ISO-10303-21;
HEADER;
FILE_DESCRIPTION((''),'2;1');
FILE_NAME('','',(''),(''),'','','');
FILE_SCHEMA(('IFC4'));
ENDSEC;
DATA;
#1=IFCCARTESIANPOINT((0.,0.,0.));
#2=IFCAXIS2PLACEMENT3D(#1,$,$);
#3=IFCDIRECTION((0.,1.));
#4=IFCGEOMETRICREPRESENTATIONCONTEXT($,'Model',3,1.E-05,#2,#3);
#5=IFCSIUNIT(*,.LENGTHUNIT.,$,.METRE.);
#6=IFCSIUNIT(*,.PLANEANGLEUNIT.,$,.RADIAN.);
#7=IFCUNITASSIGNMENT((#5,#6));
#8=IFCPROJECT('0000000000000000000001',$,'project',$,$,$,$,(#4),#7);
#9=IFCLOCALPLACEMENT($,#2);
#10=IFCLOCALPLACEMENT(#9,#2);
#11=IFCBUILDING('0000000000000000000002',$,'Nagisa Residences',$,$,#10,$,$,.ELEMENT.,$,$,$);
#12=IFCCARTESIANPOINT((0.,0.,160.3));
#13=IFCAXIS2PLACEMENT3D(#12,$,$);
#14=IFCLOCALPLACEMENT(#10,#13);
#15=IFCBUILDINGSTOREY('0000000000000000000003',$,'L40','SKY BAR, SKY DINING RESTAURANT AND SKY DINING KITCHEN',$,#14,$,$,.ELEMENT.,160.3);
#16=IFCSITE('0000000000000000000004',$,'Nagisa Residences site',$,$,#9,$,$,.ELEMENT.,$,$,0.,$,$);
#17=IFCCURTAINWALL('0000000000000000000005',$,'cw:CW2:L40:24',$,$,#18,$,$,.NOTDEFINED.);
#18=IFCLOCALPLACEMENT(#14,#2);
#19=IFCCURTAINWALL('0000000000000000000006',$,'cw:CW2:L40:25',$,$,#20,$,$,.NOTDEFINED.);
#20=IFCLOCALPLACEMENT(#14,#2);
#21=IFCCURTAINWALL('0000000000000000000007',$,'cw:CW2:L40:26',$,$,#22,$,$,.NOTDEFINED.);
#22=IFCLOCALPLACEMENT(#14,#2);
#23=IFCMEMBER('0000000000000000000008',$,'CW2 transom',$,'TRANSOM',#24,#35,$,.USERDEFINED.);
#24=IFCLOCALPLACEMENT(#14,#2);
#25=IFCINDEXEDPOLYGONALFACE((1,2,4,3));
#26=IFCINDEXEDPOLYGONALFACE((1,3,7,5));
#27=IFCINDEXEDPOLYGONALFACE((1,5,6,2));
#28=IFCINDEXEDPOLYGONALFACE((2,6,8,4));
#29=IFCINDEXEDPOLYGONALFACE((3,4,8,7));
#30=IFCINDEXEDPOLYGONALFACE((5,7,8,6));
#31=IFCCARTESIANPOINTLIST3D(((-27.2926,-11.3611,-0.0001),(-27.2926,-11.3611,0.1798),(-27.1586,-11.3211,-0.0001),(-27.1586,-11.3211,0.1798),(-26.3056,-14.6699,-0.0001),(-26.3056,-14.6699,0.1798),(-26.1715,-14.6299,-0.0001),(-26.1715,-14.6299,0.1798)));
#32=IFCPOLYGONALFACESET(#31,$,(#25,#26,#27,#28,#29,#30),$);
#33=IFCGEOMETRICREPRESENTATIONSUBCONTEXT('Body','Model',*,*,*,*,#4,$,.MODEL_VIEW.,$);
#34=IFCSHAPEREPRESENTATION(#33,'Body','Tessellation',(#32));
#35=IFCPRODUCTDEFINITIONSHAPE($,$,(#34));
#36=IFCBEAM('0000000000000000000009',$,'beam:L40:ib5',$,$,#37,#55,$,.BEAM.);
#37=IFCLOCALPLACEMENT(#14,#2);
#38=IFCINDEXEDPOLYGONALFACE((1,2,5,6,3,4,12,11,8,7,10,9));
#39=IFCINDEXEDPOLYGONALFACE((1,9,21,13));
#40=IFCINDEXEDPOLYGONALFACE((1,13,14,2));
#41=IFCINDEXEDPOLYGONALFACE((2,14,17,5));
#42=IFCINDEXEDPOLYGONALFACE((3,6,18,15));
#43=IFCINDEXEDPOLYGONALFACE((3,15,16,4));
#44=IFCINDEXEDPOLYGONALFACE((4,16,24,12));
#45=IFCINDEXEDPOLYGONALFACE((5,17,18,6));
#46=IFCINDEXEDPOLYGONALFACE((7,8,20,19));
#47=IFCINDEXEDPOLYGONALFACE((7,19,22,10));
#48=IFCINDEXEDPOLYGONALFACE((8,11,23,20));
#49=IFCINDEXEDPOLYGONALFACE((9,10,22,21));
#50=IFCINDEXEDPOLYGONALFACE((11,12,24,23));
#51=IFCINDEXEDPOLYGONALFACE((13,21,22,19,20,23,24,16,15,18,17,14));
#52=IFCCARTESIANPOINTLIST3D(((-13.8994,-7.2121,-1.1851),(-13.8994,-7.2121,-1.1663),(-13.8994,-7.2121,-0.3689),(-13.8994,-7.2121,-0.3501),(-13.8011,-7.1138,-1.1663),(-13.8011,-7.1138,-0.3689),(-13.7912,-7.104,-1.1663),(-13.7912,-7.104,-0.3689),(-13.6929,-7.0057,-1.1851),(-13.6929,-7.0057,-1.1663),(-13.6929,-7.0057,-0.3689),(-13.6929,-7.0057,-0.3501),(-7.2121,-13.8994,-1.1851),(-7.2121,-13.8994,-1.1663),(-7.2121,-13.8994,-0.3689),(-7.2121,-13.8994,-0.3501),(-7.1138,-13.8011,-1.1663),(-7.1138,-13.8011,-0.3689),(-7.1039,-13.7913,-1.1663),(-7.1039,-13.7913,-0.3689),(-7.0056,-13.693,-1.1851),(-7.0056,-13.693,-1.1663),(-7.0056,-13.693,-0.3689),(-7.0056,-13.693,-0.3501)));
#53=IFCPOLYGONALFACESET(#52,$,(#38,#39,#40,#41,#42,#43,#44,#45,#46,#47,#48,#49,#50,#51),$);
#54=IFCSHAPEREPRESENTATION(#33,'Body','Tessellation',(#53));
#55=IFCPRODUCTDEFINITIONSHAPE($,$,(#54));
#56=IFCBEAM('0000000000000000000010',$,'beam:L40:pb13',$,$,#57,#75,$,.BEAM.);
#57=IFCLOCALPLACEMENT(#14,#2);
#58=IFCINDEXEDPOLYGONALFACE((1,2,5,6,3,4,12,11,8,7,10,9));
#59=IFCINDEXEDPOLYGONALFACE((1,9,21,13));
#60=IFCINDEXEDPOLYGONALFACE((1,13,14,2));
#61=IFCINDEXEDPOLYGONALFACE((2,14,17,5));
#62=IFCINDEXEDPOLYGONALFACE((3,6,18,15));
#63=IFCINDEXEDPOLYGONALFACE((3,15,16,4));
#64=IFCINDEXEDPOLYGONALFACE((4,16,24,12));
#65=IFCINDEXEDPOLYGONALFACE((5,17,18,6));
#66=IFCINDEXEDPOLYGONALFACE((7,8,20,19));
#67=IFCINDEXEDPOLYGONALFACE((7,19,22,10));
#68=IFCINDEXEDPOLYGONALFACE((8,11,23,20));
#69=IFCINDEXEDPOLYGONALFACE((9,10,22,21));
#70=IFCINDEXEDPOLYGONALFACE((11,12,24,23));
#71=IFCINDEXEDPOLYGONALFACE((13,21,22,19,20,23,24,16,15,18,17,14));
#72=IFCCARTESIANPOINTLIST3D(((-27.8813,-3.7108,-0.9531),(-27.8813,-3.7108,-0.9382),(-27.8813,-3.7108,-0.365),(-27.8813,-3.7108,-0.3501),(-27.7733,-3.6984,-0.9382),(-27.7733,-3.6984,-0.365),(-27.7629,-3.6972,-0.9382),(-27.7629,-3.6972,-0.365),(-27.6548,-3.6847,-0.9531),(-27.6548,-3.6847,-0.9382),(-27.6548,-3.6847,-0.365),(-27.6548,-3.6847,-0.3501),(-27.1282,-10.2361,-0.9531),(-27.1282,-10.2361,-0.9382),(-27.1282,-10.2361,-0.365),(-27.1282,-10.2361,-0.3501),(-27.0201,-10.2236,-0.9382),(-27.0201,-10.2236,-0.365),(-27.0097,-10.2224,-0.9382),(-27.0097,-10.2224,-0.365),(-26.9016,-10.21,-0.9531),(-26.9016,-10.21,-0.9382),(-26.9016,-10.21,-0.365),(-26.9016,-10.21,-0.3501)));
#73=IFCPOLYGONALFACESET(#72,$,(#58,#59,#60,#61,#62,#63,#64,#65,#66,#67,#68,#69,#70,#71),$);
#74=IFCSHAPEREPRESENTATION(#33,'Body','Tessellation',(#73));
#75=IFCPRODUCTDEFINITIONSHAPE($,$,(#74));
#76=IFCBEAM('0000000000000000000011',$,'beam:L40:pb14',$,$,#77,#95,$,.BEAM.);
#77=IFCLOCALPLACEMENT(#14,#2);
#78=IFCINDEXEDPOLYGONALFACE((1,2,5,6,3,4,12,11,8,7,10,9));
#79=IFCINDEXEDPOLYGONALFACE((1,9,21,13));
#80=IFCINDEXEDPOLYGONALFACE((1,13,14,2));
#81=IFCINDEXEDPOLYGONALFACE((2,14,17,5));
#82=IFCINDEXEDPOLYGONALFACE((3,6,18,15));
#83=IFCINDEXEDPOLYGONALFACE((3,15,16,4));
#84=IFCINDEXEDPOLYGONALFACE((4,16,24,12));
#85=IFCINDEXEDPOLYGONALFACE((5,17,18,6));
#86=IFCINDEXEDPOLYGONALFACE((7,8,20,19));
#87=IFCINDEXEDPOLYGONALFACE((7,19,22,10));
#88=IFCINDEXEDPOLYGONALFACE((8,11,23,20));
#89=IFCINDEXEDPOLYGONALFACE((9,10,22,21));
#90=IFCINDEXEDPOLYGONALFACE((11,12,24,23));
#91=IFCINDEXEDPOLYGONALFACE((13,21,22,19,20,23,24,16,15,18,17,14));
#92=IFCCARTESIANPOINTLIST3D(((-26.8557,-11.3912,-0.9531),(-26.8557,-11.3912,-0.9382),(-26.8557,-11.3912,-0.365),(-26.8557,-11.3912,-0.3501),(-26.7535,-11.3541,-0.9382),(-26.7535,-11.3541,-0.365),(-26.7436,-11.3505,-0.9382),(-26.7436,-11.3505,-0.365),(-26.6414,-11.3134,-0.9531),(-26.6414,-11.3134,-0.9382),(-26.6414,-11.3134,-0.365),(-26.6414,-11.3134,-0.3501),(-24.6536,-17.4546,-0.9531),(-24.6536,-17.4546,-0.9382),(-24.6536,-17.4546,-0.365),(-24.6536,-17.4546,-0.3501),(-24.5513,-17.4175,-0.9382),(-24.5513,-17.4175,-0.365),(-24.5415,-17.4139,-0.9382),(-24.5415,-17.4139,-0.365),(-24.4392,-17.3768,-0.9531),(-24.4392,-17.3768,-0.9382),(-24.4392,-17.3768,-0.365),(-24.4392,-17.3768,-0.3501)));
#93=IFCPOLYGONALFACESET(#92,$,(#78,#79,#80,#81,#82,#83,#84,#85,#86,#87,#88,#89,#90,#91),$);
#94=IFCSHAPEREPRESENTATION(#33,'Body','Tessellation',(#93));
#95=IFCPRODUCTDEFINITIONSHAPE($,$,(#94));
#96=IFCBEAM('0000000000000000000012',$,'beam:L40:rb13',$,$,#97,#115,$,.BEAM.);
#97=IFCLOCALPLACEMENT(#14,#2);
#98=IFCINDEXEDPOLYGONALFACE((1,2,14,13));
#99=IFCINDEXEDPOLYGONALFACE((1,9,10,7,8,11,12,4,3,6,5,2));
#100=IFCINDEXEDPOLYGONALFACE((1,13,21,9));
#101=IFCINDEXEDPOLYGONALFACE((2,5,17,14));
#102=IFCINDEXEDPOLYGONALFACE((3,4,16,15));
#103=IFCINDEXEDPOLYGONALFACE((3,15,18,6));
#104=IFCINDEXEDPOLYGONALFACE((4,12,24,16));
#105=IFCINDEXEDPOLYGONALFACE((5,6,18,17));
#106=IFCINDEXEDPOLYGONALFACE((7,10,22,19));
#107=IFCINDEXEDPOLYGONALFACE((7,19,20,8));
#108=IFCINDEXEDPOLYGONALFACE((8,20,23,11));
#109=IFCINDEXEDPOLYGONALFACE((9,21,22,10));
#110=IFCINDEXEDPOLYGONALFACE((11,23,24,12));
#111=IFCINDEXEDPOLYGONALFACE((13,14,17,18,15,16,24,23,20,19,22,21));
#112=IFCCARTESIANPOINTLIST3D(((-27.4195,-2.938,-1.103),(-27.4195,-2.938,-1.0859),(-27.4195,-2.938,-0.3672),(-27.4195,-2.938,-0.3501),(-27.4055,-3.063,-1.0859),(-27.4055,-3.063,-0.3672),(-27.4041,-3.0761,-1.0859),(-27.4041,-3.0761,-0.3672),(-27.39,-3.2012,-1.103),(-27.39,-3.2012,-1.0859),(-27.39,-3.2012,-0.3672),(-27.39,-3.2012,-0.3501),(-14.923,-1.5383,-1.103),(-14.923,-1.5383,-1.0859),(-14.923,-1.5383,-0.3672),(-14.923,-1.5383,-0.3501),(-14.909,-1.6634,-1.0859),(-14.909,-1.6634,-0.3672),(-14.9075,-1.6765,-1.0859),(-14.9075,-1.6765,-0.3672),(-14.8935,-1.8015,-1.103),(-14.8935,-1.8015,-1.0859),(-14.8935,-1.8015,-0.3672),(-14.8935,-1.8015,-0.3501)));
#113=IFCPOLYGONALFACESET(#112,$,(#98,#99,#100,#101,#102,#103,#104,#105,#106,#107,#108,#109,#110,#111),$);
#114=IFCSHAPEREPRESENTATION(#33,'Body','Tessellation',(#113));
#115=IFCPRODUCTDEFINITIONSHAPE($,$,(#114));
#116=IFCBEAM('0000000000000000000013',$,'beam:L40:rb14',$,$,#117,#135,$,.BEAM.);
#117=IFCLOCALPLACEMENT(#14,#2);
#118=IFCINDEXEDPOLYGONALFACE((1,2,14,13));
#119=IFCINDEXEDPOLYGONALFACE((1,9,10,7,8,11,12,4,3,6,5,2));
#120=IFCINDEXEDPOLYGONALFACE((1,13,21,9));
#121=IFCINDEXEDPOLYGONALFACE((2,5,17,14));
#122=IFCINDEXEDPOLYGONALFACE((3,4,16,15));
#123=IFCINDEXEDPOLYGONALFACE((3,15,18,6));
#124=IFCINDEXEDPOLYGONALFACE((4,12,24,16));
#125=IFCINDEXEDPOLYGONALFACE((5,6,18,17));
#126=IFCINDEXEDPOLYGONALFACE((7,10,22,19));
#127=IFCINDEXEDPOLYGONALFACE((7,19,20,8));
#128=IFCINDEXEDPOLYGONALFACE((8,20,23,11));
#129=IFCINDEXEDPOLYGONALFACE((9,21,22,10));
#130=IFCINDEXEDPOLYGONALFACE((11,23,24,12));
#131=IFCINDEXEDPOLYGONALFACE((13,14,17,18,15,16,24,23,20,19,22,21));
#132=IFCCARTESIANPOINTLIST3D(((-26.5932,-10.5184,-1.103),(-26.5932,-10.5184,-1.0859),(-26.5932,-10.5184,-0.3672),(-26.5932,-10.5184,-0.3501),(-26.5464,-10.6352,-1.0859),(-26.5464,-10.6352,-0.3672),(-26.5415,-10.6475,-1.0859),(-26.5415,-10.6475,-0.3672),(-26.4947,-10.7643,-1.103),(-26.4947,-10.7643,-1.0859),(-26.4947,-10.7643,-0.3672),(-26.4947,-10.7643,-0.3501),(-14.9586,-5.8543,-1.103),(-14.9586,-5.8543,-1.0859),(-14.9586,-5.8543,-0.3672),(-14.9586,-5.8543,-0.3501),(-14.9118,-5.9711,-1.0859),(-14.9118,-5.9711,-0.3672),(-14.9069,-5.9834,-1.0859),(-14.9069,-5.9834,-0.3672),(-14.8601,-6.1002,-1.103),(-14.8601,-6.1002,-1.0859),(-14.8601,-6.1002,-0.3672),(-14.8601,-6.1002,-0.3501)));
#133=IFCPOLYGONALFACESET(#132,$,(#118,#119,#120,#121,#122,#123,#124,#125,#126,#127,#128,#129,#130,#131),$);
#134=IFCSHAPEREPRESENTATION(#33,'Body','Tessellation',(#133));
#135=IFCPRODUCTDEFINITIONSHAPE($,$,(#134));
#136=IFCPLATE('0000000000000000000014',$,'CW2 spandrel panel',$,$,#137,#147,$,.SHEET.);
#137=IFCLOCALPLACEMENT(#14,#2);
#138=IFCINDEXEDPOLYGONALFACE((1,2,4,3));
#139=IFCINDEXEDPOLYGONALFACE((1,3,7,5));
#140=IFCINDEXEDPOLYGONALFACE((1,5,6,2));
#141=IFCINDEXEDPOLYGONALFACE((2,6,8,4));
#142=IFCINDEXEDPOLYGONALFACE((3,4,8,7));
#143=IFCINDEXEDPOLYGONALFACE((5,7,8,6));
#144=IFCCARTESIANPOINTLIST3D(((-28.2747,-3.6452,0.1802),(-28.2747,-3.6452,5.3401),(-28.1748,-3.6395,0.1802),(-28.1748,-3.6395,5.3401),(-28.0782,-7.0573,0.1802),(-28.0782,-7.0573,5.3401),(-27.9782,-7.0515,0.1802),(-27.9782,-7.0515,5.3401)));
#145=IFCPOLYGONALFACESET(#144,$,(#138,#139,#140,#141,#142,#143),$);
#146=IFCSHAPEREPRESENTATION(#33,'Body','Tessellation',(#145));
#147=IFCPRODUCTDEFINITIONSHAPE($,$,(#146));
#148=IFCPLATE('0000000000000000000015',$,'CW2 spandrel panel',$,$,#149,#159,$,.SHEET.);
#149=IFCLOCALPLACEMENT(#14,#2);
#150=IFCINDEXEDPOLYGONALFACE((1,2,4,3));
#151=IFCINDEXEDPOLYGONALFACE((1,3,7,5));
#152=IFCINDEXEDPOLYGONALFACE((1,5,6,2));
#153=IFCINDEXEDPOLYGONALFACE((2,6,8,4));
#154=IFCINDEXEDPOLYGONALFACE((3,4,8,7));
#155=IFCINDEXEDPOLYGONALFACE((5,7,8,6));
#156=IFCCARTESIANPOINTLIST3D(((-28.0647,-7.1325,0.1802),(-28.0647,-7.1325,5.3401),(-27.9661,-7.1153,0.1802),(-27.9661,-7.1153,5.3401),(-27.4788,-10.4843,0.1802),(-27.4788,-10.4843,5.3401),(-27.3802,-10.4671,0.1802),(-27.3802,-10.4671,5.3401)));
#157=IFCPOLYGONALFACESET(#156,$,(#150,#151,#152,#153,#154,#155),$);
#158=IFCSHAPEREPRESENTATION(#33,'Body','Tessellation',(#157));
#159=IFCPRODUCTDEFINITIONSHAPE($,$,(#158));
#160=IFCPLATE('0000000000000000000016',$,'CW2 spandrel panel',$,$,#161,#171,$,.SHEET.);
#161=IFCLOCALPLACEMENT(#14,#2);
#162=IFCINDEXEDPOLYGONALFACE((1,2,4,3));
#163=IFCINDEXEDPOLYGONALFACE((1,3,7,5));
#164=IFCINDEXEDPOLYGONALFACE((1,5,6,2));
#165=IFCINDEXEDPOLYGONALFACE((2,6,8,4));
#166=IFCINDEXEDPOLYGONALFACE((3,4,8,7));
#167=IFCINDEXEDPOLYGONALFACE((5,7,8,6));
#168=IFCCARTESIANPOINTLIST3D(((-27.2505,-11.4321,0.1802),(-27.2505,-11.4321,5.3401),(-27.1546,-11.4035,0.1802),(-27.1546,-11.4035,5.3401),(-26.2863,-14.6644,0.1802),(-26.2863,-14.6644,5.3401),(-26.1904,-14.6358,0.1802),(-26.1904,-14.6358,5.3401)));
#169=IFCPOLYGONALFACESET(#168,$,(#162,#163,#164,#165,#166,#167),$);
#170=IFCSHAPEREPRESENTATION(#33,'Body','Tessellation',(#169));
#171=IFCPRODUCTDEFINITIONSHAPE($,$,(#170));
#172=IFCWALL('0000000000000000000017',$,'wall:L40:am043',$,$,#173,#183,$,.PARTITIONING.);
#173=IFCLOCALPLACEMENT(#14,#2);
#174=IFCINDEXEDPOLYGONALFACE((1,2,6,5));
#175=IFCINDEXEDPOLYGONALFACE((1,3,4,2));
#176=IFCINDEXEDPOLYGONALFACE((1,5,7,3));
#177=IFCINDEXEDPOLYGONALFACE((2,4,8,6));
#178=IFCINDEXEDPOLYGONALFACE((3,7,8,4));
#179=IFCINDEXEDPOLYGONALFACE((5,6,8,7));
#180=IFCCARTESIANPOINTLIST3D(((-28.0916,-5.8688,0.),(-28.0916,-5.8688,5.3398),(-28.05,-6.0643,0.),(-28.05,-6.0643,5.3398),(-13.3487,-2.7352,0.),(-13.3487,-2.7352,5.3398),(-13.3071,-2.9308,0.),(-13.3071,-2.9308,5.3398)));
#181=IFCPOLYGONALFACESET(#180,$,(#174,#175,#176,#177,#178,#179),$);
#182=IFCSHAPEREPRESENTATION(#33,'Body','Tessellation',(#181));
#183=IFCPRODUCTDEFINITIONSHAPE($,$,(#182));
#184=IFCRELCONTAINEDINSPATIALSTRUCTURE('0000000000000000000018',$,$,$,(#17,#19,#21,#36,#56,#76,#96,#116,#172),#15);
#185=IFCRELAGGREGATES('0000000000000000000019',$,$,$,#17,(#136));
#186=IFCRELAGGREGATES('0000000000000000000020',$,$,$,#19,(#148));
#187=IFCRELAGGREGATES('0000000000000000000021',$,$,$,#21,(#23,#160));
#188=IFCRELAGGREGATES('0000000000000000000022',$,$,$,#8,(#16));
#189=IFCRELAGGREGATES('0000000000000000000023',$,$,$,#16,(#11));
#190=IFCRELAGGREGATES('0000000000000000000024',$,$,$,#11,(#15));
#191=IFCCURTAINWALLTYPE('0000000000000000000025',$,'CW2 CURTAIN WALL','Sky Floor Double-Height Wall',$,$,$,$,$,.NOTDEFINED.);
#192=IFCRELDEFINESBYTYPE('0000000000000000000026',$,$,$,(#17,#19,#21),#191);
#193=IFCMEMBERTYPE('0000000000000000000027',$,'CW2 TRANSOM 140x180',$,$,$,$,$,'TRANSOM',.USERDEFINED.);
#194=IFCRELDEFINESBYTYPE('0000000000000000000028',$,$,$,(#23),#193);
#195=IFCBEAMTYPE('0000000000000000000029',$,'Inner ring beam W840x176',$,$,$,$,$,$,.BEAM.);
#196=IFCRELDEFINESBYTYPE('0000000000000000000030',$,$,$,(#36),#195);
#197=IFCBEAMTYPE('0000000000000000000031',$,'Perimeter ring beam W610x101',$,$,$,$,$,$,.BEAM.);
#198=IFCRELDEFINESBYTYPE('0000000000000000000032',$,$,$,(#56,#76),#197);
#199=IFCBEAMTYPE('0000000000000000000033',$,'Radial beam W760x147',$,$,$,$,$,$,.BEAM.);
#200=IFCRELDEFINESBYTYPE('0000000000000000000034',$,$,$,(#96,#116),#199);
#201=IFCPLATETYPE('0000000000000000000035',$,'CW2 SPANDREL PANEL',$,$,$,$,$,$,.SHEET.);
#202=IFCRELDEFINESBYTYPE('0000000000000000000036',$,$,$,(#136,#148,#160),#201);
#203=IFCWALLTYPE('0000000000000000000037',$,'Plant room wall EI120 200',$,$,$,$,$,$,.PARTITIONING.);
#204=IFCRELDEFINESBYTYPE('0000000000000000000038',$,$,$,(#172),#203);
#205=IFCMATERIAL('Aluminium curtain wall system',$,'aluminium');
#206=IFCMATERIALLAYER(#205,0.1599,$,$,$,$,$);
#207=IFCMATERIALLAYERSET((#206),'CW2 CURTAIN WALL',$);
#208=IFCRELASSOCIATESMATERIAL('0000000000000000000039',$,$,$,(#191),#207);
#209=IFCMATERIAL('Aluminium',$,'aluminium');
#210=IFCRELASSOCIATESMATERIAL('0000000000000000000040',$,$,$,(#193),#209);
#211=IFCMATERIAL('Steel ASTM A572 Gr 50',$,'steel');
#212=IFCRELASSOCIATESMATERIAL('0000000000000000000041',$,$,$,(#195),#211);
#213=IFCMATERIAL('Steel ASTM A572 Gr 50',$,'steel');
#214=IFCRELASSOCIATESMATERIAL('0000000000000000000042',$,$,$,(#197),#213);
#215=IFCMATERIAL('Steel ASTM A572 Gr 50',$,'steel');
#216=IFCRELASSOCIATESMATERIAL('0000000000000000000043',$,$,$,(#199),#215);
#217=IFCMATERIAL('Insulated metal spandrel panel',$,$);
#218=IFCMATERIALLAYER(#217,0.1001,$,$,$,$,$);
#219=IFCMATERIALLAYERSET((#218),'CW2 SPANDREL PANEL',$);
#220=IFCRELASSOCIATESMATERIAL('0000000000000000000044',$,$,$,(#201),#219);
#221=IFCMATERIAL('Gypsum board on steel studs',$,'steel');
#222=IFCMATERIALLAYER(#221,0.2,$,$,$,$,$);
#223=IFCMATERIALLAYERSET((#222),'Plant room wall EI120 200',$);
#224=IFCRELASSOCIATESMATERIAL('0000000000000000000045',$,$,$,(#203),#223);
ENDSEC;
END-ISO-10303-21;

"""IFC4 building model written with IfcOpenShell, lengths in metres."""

from ifc_helpers import new_model, si_unit, direction, frame, frame_2d, origin, origin_2d, place, context, subcontext, project, spatial, rectangle, i_section, extrude, material, layer, layer_set, material_profile, profile_set, type_object, element, aggregate, save


model = new_model("IFC4")

# Units and contexts
model_context = context("Model", 3, precision=1e-05, world=origin(), true_north=direction((0.0, 1.0)))
body_context = subcontext(model_context, "Body", "Model", "MODEL_VIEW")
ifc_project = project(units=[si_unit("LENGTHUNIT", "METRE"), si_unit("PLANEANGLEUNIT", "RADIAN")], contexts=[model_context])

# Site, building, storey
site_placement = place(None, origin())
site = spatial("IfcSite", under=ifc_project, at=site_placement, Name="Nagisa Residences site", CompositionType="ELEMENT", RefElevation=0.0)
building_placement = place(site_placement, origin())
building = spatial("IfcBuilding", under=site, at=building_placement, Name="Nagisa Residences", CompositionType="ELEMENT")
storey_placement = place(building_placement, frame((0.0, 0.0, 160.3)))
storey = spatial("IfcBuildingStorey", under=building, at=storey_placement, Name="L40", Description="SKY BAR, SKY DINING RESTAURANT AND SKY DINING KITCHEN", CompositionType="ELEMENT", Elevation=160.3)

# Curtain walls
ifc_material_1 = material(Name="Aluminium curtain wall system", Category="aluminium")
ifc_layer_1 = layer(ifc_material_1, 0.1599)
ifc_layer_set_1 = layer_set([ifc_layer_1], Name="CW2 CURTAIN WALL")
curtain_wall_type = type_object("IfcCurtainWallType", Name="CW2 CURTAIN WALL", Description="Sky Floor Double-Height Wall", PredefinedType="NOTDEFINED", material=ifc_layer_set_1)
curtain_wall_1_placement = place(storey_placement, origin())
curtain_wall_1 = element("IfcCurtainWall", 1, at=curtain_wall_1_placement, inside=storey, type_object=curtain_wall_type, Name="cw:CW2:L40:24", PredefinedType="NOTDEFINED")
curtain_wall_2_placement = place(storey_placement, origin())
curtain_wall_2 = element("IfcCurtainWall", 2, at=curtain_wall_2_placement, inside=storey, type_object=curtain_wall_type, Name="cw:CW2:L40:25", PredefinedType="NOTDEFINED")
curtain_wall_3_placement = place(storey_placement, origin())
curtain_wall_3 = element("IfcCurtainWall", 3, at=curtain_wall_3_placement, inside=storey, type_object=curtain_wall_type, Name="cw:CW2:L40:26", PredefinedType="NOTDEFINED")

# Member
ifc_material_2 = material(Name="Aluminium", Category="aluminium")
ifc_material_profile_1 = material_profile(ifc_material_2, rectangle(XDim=0.1399, YDim=0.1799, at=origin_2d()), Name="CW2 TRANSOM 140x180")
ifc_profile_set_1 = profile_set([ifc_material_profile_1], Name="Aluminium")
member_type_1 = type_object("IfcMemberType", Name="CW2 TRANSOM 140x180", ElementType="TRANSOM", PredefinedType="USERDEFINED", material=ifc_profile_set_1)
member_1_placement = place(storey_placement, frame((-27.2256, -11.3411, 0.0898), z_axis=(0.285862, -0.958271, 0.0), x_axis=(0.958271, 0.285862, 0.0)))
member_1 = element("IfcMember", 4, at=member_1_placement, type_object=member_type_1, Name="CW2 transom", ObjectType="TRANSOM", PredefinedType="USERDEFINED", context=body_context, shape_type="SweptSolid", body=[
    extrude(rectangle(XDim=0.1399, YDim=0.1799, at=origin_2d()), origin(), (0.0, 0.0, 1.0), 3.4529),
])

# Beams
ifc_material_3 = material(Name="Steel ASTM A572 Gr 50", Category="steel")
ifc_material_profile_2 = material_profile(ifc_material_3, i_section(OverallWidth=0.292, OverallDepth=0.835, WebThickness=0.0139, FlangeThickness=0.0188, at=origin_2d()), Name="W840x176")
ifc_profile_set_2 = profile_set([ifc_material_profile_2], Name="Steel ASTM A572 Gr 50")
beam_type_1 = type_object("IfcBeamType", Name="Inner ring beam W840x176", PredefinedType="BEAM", material=ifc_profile_set_2)
beam_1_placement = place(storey_placement, frame((-13.7961, -7.1089, -0.7676), z_axis=(0.707107, -0.707107, 0.0), x_axis=(0.707107, 0.707107, 0.0)))
element("IfcBeam", 5, at=beam_1_placement, inside=storey, type_object=beam_type_1, Name="beam:L40:ib5", PredefinedType="BEAM", context=body_context, shape_type="SweptSolid", body=[
    extrude(i_section(OverallWidth=0.292, OverallDepth=0.835, WebThickness=0.0139, FlangeThickness=0.0188, at=origin_2d()), origin(), (0.0, 0.0, 1.0), 9.4573),
])
ifc_material_4 = material(Name="Steel ASTM A572 Gr 50", Category="steel")
ifc_material_profile_3 = material_profile(ifc_material_4, i_section(OverallWidth=0.228, OverallDepth=0.603, WebThickness=0.0105, FlangeThickness=0.0149, at=origin_2d()), Name="W610x101")
ifc_profile_set_3 = profile_set([ifc_material_profile_3], Name="Steel ASTM A572 Gr 50")
beam_type_2 = type_object("IfcBeamType", Name="Perimeter ring beam W610x101", PredefinedType="BEAM", material=ifc_profile_set_3)
beam_2_placement = place(storey_placement, frame((-27.7681, -3.6978, -0.6516), z_axis=(0.114661, -0.993405, 0.0), x_axis=(0.993405, 0.114661, 0.0)))
element("IfcBeam", 6, at=beam_2_placement, inside=storey, type_object=beam_type_2, Name="beam:L40:pb13", PredefinedType="BEAM", context=body_context, shape_type="SweptSolid", body=[
    extrude(i_section(OverallWidth=0.228, OverallDepth=0.603, WebThickness=0.0105, FlangeThickness=0.0149, at=origin_2d()), origin(), (0.0, 0.0, 1.0), 6.5686),
])
beam_3_placement = place(storey_placement, frame((-26.7485, -11.3523, -0.6516), z_axis=(0.341366, -0.93993, 0.0), x_axis=(0.93993, 0.341366, 0.0)))
element("IfcBeam", 7, at=beam_3_placement, inside=storey, type_object=beam_type_2, Name="beam:L40:pb14", PredefinedType="BEAM", context=body_context, shape_type="SweptSolid", body=[
    extrude(i_section(OverallWidth=0.228, OverallDepth=0.603, WebThickness=0.0105, FlangeThickness=0.0149, at=origin_2d()), origin(), (0.0, 0.0, 1.0), 6.4509),
])
ifc_material_5 = material(Name="Steel ASTM A572 Gr 50", Category="steel")
ifc_material_profile_4 = material_profile(ifc_material_5, i_section(OverallWidth=0.2649, OverallDepth=0.7529, WebThickness=0.0132, FlangeThickness=0.0171, at=origin_2d()), Name="W760x147")
ifc_profile_set_4 = profile_set([ifc_material_profile_4], Name="Steel ASTM A572 Gr 50")
beam_type_3 = type_object("IfcBeamType", Name="Radial beam W760x147", PredefinedType="BEAM", material=ifc_profile_set_4)
beam_4_placement = place(storey_placement, frame((-27.4048, -3.0696, -0.7266), z_axis=(0.993786, 0.111307, 0.0), x_axis=(-0.111307, 0.993786, 0.0)))
element("IfcBeam", 8, at=beam_4_placement, inside=storey, type_object=beam_type_3, Name="beam:L40:rb13", PredefinedType="BEAM", context=body_context, shape_type="SweptSolid", body=[
    extrude(i_section(OverallWidth=0.2649, OverallDepth=0.7529, WebThickness=0.0132, FlangeThickness=0.0171, at=origin_2d()), origin(), (0.0, 0.0, 1.0), 12.5747),
])
beam_5_placement = place(storey_placement, frame((-26.5439, -10.6414, -0.7266), z_axis=(0.928194, 0.372096, 0.0), x_axis=(-0.372096, 0.928194, 0.0)))
element("IfcBeam", 9, at=beam_5_placement, inside=storey, type_object=beam_type_3, Name="beam:L40:rb14", PredefinedType="BEAM", context=body_context, shape_type="SweptSolid", body=[
    extrude(i_section(OverallWidth=0.2649, OverallDepth=0.7529, WebThickness=0.0132, FlangeThickness=0.0171, at=origin_2d()), origin(), (0.0, 0.0, 1.0), 12.5347),
])

# Plates
ifc_material_6 = material(Name="Insulated metal spandrel panel")
ifc_layer_2 = layer(ifc_material_6, 0.1001)
ifc_layer_set_2 = layer_set([ifc_layer_2], Name="CW2 SPANDREL PANEL")
plate_type = type_object("IfcPlateType", Name="CW2 SPANDREL PANEL", PredefinedType="SHEET", material=ifc_layer_set_2)
plate_1_placement = place(storey_placement, frame((-28.1265, -5.3484, 0.1802), z_axis=(0.0, 0.0, 1.0), x_axis=(0.057503, -0.998345, 0.0)))
plate_1 = element("IfcPlate", 10, at=plate_1_placement, type_object=plate_type, Name="CW2 spandrel panel", PredefinedType="SHEET", context=body_context, shape_type="SweptSolid", body=[
    extrude(rectangle(XDim=3.4177, YDim=0.1001, at=origin_2d()), origin(), (0.0, 0.0, 1.0), 5.1599),
])
aggregate(curtain_wall_1, [plate_1])
plate_2_placement = place(storey_placement, frame((-27.7224, -8.7998, 0.1802), z_axis=(0.0, 0.0, 1.0), x_axis=(0.172191, -0.985064, 0.0)))
plate_2 = element("IfcPlate", 11, at=plate_2_placement, type_object=plate_type, Name="CW2 spandrel panel", PredefinedType="SHEET", context=body_context, shape_type="SweptSolid", body=[
    extrude(rectangle(XDim=3.4026, YDim=0.1001, at=origin_2d()), origin(), (0.0, 0.0, 1.0), 5.1599),
])
aggregate(curtain_wall_2, [plate_2])
plate_3_placement = place(storey_placement, frame((-26.7205, -13.0339, 0.1802), z_axis=(0.0, 0.0, 1.0), x_axis=(0.28586, -0.958271, 0.0)))
plate_3 = element("IfcPlate", 12, at=plate_3_placement, type_object=plate_type, Name="CW2 spandrel panel", PredefinedType="SHEET", context=body_context, shape_type="SweptSolid", body=[
    extrude(rectangle(XDim=3.373, YDim=0.1001, at=origin_2d()), origin(), (0.0, 0.0, 1.0), 5.1599),
])
aggregate(curtain_wall_3, [member_1, plate_3])

# Wall
ifc_material_7 = material(Name="Gypsum board on steel studs", Category="steel")
ifc_layer_3 = layer(ifc_material_7, 0.2)
ifc_layer_set_3 = layer_set([ifc_layer_3], Name="Plant room wall EI120 200")
wall_type = type_object("IfcWallType", Name="Plant room wall EI120 200", PredefinedType="PARTITIONING", material=ifc_layer_set_3)
wall_placement = place(storey_placement, frame((-28.0708, -5.9666, 0.0), z_axis=(0.0, 0.0, 1.0), x_axis=(0.97815, 0.207902, 0.0)))
element("IfcWall", 13, at=wall_placement, inside=storey, type_object=wall_type, Name="wall:L40:am043", PredefinedType="PARTITIONING", context=body_context, shape_type="SweptSolid", body=[
    extrude(rectangle(XDim=15.0723, YDim=0.2, at=frame_2d((7.5361, 0.0))), origin(), (0.0, 0.0, 1.0), 5.3398),
])

save(model, "model.ifc")
